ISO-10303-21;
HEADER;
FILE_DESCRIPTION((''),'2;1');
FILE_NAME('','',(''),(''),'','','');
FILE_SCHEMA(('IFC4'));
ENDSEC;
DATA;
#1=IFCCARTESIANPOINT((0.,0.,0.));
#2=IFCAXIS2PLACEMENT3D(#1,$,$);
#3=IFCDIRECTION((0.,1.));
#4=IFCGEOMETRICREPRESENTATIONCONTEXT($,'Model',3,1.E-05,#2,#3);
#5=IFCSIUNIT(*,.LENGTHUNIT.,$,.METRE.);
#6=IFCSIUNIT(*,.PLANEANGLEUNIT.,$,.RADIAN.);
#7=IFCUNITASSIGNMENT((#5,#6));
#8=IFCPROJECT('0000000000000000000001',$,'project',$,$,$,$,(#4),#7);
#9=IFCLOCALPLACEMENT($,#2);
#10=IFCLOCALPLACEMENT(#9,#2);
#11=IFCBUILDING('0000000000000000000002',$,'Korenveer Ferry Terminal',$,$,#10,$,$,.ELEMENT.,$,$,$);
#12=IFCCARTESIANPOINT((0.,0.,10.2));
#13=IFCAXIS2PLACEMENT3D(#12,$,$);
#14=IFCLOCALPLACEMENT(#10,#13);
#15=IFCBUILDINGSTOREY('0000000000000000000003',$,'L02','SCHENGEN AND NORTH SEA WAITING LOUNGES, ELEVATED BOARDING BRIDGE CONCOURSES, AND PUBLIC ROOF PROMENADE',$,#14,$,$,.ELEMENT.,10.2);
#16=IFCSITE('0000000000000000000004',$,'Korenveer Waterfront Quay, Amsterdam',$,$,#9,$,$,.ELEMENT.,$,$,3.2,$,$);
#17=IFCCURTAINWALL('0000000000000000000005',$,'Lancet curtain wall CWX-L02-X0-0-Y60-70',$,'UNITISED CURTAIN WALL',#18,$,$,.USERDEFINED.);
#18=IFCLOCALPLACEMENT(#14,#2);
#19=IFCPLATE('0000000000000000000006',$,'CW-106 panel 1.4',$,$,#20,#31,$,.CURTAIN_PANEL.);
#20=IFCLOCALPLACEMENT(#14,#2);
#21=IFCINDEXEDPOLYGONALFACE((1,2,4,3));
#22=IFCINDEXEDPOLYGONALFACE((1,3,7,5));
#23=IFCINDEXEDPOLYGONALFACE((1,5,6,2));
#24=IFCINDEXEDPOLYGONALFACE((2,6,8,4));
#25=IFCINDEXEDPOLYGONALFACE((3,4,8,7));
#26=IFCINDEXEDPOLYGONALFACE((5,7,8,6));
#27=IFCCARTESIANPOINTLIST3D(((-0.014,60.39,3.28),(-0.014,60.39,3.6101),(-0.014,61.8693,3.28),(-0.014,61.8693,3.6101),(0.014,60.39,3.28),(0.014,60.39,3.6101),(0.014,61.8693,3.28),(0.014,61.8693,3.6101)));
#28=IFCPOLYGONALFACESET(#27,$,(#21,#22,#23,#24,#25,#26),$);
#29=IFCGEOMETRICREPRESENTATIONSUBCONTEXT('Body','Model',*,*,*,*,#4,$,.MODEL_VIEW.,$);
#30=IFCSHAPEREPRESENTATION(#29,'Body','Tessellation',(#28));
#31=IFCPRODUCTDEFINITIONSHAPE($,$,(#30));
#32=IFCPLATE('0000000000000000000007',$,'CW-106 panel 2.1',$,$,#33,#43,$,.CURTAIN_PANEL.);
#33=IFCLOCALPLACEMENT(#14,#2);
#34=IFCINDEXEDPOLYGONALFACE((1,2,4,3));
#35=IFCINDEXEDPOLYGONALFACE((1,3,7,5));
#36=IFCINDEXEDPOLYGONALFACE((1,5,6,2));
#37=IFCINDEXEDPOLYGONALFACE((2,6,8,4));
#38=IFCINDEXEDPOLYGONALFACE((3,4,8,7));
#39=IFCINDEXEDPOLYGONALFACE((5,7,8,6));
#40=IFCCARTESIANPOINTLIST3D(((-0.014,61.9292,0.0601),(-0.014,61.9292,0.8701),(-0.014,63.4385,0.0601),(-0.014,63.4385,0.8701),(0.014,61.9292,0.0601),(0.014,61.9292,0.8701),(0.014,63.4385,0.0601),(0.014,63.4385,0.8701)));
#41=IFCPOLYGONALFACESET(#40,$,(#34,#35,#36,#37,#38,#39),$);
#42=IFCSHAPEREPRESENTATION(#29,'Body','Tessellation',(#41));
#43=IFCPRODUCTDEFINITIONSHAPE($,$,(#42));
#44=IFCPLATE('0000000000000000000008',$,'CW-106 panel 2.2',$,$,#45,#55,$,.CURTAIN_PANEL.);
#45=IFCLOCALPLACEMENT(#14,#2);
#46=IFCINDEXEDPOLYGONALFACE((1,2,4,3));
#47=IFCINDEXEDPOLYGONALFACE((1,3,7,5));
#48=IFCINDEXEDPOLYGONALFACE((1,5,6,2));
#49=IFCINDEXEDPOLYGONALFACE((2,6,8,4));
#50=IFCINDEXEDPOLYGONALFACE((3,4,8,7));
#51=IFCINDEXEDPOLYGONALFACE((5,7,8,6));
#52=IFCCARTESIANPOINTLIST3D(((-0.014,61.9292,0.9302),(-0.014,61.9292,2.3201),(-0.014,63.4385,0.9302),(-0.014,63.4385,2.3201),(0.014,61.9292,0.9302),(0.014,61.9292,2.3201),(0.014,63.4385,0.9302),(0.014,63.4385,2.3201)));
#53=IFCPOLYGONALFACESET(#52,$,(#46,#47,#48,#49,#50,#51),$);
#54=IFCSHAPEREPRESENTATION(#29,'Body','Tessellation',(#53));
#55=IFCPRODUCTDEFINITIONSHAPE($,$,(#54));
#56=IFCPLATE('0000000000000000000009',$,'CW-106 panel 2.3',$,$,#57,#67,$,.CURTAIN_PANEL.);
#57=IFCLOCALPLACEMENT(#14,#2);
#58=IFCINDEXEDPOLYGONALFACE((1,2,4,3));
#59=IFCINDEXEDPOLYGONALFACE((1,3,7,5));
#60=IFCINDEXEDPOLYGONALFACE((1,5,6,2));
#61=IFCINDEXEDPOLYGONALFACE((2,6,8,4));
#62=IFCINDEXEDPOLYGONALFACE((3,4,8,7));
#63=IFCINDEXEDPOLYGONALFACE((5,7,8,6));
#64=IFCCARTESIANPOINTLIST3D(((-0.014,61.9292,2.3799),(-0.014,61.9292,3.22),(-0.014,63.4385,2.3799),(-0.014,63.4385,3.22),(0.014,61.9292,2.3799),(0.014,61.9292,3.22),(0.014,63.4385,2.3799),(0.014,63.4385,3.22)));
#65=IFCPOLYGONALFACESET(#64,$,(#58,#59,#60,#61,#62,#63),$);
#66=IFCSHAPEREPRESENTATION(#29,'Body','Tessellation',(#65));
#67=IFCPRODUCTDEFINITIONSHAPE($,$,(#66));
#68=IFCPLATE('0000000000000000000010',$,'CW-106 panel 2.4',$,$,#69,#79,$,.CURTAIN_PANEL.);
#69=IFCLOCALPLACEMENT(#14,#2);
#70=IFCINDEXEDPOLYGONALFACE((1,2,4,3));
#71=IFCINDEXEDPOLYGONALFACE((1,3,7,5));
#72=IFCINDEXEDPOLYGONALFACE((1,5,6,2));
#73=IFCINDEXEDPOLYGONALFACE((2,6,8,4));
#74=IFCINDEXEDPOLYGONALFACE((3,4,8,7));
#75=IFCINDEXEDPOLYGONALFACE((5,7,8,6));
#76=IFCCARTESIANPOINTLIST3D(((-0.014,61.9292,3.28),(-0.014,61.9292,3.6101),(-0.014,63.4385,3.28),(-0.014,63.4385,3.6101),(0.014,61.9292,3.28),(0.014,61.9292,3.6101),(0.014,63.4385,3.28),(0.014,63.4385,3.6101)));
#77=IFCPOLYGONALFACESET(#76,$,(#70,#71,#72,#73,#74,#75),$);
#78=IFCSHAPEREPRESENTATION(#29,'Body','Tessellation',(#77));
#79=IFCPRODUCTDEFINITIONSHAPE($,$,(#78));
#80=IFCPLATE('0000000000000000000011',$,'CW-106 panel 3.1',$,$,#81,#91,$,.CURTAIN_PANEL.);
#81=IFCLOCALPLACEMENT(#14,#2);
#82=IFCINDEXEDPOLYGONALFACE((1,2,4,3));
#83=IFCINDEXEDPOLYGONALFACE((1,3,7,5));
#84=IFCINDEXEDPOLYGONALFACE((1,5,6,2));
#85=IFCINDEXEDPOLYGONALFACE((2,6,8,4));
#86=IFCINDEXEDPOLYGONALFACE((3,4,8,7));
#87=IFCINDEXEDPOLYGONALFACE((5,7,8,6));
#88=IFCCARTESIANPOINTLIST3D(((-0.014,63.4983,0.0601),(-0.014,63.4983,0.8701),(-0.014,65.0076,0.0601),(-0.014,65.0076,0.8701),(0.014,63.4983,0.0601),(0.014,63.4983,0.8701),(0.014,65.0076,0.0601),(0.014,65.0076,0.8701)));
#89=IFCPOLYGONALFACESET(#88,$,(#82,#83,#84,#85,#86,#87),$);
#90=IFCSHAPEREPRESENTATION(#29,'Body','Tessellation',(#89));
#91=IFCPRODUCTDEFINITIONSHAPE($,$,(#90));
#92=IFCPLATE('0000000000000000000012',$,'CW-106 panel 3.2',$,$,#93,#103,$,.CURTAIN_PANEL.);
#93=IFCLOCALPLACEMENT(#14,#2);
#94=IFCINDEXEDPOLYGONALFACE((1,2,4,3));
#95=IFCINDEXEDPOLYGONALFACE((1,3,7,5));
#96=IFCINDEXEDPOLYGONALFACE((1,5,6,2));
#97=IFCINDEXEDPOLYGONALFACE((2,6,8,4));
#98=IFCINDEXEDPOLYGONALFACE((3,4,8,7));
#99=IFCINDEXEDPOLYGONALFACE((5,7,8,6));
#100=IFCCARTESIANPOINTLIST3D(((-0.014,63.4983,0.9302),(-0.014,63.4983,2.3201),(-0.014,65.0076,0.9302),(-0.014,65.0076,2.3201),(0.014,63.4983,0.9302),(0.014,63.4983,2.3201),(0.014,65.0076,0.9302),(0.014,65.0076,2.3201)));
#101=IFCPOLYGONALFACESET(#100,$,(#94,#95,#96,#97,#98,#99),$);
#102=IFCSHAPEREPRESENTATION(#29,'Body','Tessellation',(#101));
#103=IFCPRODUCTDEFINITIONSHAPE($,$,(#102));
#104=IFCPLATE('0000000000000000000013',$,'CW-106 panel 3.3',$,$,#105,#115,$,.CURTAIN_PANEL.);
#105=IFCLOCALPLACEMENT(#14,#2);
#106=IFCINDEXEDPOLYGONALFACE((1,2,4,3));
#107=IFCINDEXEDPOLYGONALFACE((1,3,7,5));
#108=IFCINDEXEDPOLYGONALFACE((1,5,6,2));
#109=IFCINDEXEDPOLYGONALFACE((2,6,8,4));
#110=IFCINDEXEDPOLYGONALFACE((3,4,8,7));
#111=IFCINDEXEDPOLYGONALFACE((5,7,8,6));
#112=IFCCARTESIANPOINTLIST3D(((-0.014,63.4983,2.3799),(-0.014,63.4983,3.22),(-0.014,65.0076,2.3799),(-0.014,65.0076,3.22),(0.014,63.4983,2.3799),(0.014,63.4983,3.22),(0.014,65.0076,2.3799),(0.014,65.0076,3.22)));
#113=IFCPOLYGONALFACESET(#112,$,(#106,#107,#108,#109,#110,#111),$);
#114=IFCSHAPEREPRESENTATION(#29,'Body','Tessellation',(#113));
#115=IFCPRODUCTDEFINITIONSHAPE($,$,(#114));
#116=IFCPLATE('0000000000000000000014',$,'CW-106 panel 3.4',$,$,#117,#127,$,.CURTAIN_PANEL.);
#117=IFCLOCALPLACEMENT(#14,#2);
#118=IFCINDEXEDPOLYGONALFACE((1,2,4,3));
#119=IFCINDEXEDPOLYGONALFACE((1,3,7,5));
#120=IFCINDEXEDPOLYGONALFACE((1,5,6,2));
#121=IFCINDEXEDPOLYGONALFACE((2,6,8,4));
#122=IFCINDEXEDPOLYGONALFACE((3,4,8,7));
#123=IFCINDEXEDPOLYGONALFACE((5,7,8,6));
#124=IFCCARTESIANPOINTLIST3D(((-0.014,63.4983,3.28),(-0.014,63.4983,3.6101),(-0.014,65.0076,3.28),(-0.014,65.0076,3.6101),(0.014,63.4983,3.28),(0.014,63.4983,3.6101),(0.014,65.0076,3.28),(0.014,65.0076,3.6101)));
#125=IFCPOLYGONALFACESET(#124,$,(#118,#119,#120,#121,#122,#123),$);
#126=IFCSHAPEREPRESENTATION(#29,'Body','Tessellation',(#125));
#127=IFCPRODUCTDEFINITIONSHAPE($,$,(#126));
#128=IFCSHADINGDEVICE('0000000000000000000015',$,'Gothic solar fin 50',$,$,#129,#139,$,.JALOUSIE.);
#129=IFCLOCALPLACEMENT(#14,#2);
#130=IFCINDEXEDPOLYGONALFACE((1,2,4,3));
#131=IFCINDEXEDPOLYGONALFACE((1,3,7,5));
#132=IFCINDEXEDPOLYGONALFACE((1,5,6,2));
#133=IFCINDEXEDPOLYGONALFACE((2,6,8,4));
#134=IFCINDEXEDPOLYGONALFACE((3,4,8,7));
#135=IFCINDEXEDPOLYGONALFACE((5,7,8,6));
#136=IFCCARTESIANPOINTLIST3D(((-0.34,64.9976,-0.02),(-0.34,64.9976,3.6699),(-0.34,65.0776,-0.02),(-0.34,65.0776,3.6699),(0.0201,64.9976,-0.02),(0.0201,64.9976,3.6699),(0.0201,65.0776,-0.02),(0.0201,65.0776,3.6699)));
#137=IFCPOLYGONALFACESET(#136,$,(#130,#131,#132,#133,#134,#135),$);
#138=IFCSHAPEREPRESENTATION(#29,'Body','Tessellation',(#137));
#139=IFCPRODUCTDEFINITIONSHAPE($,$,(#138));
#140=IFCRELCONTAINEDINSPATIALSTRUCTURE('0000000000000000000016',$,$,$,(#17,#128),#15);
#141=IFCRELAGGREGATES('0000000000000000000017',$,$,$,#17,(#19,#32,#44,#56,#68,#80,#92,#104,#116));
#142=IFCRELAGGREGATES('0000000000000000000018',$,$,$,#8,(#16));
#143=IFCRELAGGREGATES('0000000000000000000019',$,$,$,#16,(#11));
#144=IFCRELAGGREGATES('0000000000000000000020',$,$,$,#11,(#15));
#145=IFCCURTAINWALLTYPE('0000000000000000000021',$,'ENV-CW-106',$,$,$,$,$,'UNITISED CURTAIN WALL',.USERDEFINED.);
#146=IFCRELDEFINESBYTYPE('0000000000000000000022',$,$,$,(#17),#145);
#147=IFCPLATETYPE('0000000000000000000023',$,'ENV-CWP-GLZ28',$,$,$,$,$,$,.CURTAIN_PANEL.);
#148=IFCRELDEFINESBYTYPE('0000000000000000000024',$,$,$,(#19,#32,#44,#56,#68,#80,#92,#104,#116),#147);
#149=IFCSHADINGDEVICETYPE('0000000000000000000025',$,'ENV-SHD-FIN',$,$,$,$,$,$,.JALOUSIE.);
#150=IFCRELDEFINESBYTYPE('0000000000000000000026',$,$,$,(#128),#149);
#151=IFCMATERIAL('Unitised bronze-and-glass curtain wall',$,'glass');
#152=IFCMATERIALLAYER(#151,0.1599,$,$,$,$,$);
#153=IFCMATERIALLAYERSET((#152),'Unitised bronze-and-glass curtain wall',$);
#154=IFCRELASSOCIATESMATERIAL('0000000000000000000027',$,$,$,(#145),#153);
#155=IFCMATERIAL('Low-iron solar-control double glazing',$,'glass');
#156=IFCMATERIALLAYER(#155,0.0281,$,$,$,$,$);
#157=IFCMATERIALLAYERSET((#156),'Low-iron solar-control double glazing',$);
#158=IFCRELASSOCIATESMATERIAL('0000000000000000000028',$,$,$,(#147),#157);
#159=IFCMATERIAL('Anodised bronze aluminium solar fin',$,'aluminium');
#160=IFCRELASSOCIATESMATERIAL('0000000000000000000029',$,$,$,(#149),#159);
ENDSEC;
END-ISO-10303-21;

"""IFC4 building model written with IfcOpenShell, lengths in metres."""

from ifc_helpers import new_model, si_unit, direction, frame, origin, origin_2d, place, context, subcontext, project, spatial, rectangle, extrude, material, layer, layer_set, type_object, element, aggregate, save


model = new_model("IFC4")

# Units and contexts
model_context = context("Model", 3, precision=1e-05, world=origin(), true_north=direction((0.0, 1.0)))
body_context = subcontext(model_context, "Body", "Model", "MODEL_VIEW")
ifc_project = project(units=[si_unit("LENGTHUNIT", "METRE"), si_unit("PLANEANGLEUNIT", "RADIAN")], contexts=[model_context])

# Site, building, storey
site_placement = place(None, origin())
site = spatial("IfcSite", under=ifc_project, at=site_placement, Name="Korenveer Waterfront Quay, Amsterdam", CompositionType="ELEMENT", RefElevation=3.2)
building_placement = place(site_placement, origin())
building = spatial("IfcBuilding", under=site, at=building_placement, Name="Korenveer Ferry Terminal", CompositionType="ELEMENT")
storey_placement = place(building_placement, frame((0.0, 0.0, 10.2)))
storey = spatial("IfcBuildingStorey", under=building, at=storey_placement, Name="L02", Description="SCHENGEN AND NORTH SEA WAITING LOUNGES, ELEVATED BOARDING BRIDGE CONCOURSES, AND PUBLIC ROOF PROMENADE", CompositionType="ELEMENT", Elevation=10.2)

# Curtain wall
ifc_material_1 = material(Name="Unitised bronze-and-glass curtain wall", Category="glass")
ifc_layer_1 = layer(ifc_material_1, 0.1599)
ifc_layer_set_1 = layer_set([ifc_layer_1], Name="Unitised bronze-and-glass curtain wall")
curtain_wall_type = type_object("IfcCurtainWallType", Name="ENV-CW-106", ElementType="UNITISED CURTAIN WALL", PredefinedType="USERDEFINED", material=ifc_layer_set_1)
curtain_wall_placement = place(storey_placement, frame((0.0, 60.3301, 0.0)))
curtain_wall = element("IfcCurtainWall", 1, at=curtain_wall_placement, inside=storey, type_object=curtain_wall_type, Name="Lancet curtain wall CWX-L02-X0-0-Y60-70", ObjectType="UNITISED CURTAIN WALL", PredefinedType="USERDEFINED")

# Plates
ifc_material_2 = material(Name="Low-iron solar-control double glazing", Category="glass")
ifc_layer_2 = layer(ifc_material_2, 0.0281)
ifc_layer_set_2 = layer_set([ifc_layer_2], Name="Low-iron solar-control double glazing")
plate_type = type_object("IfcPlateType", Name="ENV-CWP-GLZ28", PredefinedType="CURTAIN_PANEL", material=ifc_layer_set_2)
plate_1_placement = place(storey_placement, frame((0.0, 61.1296, 3.28), z_axis=(0.0, 0.0, 1.0), x_axis=(0.0, 1.0, 0.0)))
plate_1 = element("IfcPlate", 2, at=plate_1_placement, type_object=plate_type, Name="CW-106 panel 1.4", PredefinedType="CURTAIN_PANEL", context=body_context, shape_type="SweptSolid", body=[
    extrude(rectangle(XDim=1.4792, YDim=0.0281, at=origin_2d()), origin(), (0.0, 0.0, 1.0), 0.3301),
])
plate_2_placement = place(storey_placement, frame((0.0, 62.6838, 0.0601), z_axis=(0.0, 0.0, 1.0), x_axis=(0.0, 1.0, 0.0)))
plate_2 = element("IfcPlate", 3, at=plate_2_placement, type_object=plate_type, Name="CW-106 panel 2.1", PredefinedType="CURTAIN_PANEL", context=body_context, shape_type="SweptSolid", body=[
    extrude(rectangle(XDim=1.5093, YDim=0.0281, at=origin_2d()), origin(), (0.0, 0.0, 1.0), 0.8101),
])
plate_3_placement = place(storey_placement, frame((0.0, 62.6838, 0.9302), z_axis=(0.0, 0.0, 1.0), x_axis=(0.0, 1.0, 0.0)))
plate_3 = element("IfcPlate", 4, at=plate_3_placement, type_object=plate_type, Name="CW-106 panel 2.2", PredefinedType="CURTAIN_PANEL", context=body_context, shape_type="SweptSolid", body=[
    extrude(rectangle(XDim=1.5093, YDim=0.0281, at=origin_2d()), origin(), (0.0, 0.0, 1.0), 1.3899),
])
plate_4_placement = place(storey_placement, frame((0.0, 62.6838, 2.3799), z_axis=(0.0, 0.0, 1.0), x_axis=(0.0, 1.0, 0.0)))
plate_4 = element("IfcPlate", 5, at=plate_4_placement, type_object=plate_type, Name="CW-106 panel 2.3", PredefinedType="CURTAIN_PANEL", context=body_context, shape_type="SweptSolid", body=[
    extrude(rectangle(XDim=1.5093, YDim=0.0281, at=origin_2d()), origin(), (0.0, 0.0, 1.0), 0.8401),
])
plate_5_placement = place(storey_placement, frame((0.0, 62.6838, 3.28), z_axis=(0.0, 0.0, 1.0), x_axis=(0.0, 1.0, 0.0)))
plate_5 = element("IfcPlate", 6, at=plate_5_placement, type_object=plate_type, Name="CW-106 panel 2.4", PredefinedType="CURTAIN_PANEL", context=body_context, shape_type="SweptSolid", body=[
    extrude(rectangle(XDim=1.5093, YDim=0.0281, at=origin_2d()), origin(), (0.0, 0.0, 1.0), 0.3301),
])
plate_6_placement = place(storey_placement, frame((0.0, 64.2529, 0.0601), z_axis=(0.0, 0.0, 1.0), x_axis=(0.0, 1.0, 0.0)))
plate_6 = element("IfcPlate", 7, at=plate_6_placement, type_object=plate_type, Name="CW-106 panel 3.1", PredefinedType="CURTAIN_PANEL", context=body_context, shape_type="SweptSolid", body=[
    extrude(rectangle(XDim=1.5093, YDim=0.0281, at=origin_2d()), origin(), (0.0, 0.0, 1.0), 0.8101),
])
plate_7_placement = place(storey_placement, frame((0.0, 64.2529, 0.9302), z_axis=(0.0, 0.0, 1.0), x_axis=(0.0, 1.0, 0.0)))
plate_7 = element("IfcPlate", 8, at=plate_7_placement, type_object=plate_type, Name="CW-106 panel 3.2", PredefinedType="CURTAIN_PANEL", context=body_context, shape_type="SweptSolid", body=[
    extrude(rectangle(XDim=1.5093, YDim=0.0281, at=origin_2d()), origin(), (0.0, 0.0, 1.0), 1.3899),
])
plate_8_placement = place(storey_placement, frame((0.0, 64.2529, 2.3799), z_axis=(0.0, 0.0, 1.0), x_axis=(0.0, 1.0, 0.0)))
plate_8 = element("IfcPlate", 9, at=plate_8_placement, type_object=plate_type, Name="CW-106 panel 3.3", PredefinedType="CURTAIN_PANEL", context=body_context, shape_type="SweptSolid", body=[
    extrude(rectangle(XDim=1.5093, YDim=0.0281, at=origin_2d()), origin(), (0.0, 0.0, 1.0), 0.8401),
])
plate_9_placement = place(storey_placement, frame((0.0, 64.2529, 3.28), z_axis=(0.0, 0.0, 1.0), x_axis=(0.0, 1.0, 0.0)))
plate_9 = element("IfcPlate", 10, at=plate_9_placement, type_object=plate_type, Name="CW-106 panel 3.4", PredefinedType="CURTAIN_PANEL", context=body_context, shape_type="SweptSolid", body=[
    extrude(rectangle(XDim=1.5093, YDim=0.0281, at=origin_2d()), origin(), (0.0, 0.0, 1.0), 0.3301),
])
aggregate(curtain_wall, [plate_1, plate_2, plate_3, plate_4, plate_5, plate_6, plate_7, plate_8, plate_9])

# Shading device
ifc_material_3 = material(Name="Anodised bronze aluminium solar fin", Category="aluminium")
shading_device_type = type_object("IfcShadingDeviceType", Name="ENV-SHD-FIN", PredefinedType="JALOUSIE", material=ifc_material_3)
shading_device_placement = place(storey_placement, frame((-0.1599, 65.0376, -0.02), z_axis=(0.0, 0.0, 1.0), x_axis=(1.0, 0.0, 0.0)))
element("IfcShadingDevice", 11, at=shading_device_placement, inside=storey, type_object=shading_device_type, Name="Gothic solar fin 50", PredefinedType="JALOUSIE", context=body_context, shape_type="SweptSolid", body=[
    extrude(rectangle(XDim=0.3601, YDim=0.0801, at=origin_2d()), origin(), (0.0, 0.0, 1.0), 3.6899),
])

save(model, "model.ifc")
